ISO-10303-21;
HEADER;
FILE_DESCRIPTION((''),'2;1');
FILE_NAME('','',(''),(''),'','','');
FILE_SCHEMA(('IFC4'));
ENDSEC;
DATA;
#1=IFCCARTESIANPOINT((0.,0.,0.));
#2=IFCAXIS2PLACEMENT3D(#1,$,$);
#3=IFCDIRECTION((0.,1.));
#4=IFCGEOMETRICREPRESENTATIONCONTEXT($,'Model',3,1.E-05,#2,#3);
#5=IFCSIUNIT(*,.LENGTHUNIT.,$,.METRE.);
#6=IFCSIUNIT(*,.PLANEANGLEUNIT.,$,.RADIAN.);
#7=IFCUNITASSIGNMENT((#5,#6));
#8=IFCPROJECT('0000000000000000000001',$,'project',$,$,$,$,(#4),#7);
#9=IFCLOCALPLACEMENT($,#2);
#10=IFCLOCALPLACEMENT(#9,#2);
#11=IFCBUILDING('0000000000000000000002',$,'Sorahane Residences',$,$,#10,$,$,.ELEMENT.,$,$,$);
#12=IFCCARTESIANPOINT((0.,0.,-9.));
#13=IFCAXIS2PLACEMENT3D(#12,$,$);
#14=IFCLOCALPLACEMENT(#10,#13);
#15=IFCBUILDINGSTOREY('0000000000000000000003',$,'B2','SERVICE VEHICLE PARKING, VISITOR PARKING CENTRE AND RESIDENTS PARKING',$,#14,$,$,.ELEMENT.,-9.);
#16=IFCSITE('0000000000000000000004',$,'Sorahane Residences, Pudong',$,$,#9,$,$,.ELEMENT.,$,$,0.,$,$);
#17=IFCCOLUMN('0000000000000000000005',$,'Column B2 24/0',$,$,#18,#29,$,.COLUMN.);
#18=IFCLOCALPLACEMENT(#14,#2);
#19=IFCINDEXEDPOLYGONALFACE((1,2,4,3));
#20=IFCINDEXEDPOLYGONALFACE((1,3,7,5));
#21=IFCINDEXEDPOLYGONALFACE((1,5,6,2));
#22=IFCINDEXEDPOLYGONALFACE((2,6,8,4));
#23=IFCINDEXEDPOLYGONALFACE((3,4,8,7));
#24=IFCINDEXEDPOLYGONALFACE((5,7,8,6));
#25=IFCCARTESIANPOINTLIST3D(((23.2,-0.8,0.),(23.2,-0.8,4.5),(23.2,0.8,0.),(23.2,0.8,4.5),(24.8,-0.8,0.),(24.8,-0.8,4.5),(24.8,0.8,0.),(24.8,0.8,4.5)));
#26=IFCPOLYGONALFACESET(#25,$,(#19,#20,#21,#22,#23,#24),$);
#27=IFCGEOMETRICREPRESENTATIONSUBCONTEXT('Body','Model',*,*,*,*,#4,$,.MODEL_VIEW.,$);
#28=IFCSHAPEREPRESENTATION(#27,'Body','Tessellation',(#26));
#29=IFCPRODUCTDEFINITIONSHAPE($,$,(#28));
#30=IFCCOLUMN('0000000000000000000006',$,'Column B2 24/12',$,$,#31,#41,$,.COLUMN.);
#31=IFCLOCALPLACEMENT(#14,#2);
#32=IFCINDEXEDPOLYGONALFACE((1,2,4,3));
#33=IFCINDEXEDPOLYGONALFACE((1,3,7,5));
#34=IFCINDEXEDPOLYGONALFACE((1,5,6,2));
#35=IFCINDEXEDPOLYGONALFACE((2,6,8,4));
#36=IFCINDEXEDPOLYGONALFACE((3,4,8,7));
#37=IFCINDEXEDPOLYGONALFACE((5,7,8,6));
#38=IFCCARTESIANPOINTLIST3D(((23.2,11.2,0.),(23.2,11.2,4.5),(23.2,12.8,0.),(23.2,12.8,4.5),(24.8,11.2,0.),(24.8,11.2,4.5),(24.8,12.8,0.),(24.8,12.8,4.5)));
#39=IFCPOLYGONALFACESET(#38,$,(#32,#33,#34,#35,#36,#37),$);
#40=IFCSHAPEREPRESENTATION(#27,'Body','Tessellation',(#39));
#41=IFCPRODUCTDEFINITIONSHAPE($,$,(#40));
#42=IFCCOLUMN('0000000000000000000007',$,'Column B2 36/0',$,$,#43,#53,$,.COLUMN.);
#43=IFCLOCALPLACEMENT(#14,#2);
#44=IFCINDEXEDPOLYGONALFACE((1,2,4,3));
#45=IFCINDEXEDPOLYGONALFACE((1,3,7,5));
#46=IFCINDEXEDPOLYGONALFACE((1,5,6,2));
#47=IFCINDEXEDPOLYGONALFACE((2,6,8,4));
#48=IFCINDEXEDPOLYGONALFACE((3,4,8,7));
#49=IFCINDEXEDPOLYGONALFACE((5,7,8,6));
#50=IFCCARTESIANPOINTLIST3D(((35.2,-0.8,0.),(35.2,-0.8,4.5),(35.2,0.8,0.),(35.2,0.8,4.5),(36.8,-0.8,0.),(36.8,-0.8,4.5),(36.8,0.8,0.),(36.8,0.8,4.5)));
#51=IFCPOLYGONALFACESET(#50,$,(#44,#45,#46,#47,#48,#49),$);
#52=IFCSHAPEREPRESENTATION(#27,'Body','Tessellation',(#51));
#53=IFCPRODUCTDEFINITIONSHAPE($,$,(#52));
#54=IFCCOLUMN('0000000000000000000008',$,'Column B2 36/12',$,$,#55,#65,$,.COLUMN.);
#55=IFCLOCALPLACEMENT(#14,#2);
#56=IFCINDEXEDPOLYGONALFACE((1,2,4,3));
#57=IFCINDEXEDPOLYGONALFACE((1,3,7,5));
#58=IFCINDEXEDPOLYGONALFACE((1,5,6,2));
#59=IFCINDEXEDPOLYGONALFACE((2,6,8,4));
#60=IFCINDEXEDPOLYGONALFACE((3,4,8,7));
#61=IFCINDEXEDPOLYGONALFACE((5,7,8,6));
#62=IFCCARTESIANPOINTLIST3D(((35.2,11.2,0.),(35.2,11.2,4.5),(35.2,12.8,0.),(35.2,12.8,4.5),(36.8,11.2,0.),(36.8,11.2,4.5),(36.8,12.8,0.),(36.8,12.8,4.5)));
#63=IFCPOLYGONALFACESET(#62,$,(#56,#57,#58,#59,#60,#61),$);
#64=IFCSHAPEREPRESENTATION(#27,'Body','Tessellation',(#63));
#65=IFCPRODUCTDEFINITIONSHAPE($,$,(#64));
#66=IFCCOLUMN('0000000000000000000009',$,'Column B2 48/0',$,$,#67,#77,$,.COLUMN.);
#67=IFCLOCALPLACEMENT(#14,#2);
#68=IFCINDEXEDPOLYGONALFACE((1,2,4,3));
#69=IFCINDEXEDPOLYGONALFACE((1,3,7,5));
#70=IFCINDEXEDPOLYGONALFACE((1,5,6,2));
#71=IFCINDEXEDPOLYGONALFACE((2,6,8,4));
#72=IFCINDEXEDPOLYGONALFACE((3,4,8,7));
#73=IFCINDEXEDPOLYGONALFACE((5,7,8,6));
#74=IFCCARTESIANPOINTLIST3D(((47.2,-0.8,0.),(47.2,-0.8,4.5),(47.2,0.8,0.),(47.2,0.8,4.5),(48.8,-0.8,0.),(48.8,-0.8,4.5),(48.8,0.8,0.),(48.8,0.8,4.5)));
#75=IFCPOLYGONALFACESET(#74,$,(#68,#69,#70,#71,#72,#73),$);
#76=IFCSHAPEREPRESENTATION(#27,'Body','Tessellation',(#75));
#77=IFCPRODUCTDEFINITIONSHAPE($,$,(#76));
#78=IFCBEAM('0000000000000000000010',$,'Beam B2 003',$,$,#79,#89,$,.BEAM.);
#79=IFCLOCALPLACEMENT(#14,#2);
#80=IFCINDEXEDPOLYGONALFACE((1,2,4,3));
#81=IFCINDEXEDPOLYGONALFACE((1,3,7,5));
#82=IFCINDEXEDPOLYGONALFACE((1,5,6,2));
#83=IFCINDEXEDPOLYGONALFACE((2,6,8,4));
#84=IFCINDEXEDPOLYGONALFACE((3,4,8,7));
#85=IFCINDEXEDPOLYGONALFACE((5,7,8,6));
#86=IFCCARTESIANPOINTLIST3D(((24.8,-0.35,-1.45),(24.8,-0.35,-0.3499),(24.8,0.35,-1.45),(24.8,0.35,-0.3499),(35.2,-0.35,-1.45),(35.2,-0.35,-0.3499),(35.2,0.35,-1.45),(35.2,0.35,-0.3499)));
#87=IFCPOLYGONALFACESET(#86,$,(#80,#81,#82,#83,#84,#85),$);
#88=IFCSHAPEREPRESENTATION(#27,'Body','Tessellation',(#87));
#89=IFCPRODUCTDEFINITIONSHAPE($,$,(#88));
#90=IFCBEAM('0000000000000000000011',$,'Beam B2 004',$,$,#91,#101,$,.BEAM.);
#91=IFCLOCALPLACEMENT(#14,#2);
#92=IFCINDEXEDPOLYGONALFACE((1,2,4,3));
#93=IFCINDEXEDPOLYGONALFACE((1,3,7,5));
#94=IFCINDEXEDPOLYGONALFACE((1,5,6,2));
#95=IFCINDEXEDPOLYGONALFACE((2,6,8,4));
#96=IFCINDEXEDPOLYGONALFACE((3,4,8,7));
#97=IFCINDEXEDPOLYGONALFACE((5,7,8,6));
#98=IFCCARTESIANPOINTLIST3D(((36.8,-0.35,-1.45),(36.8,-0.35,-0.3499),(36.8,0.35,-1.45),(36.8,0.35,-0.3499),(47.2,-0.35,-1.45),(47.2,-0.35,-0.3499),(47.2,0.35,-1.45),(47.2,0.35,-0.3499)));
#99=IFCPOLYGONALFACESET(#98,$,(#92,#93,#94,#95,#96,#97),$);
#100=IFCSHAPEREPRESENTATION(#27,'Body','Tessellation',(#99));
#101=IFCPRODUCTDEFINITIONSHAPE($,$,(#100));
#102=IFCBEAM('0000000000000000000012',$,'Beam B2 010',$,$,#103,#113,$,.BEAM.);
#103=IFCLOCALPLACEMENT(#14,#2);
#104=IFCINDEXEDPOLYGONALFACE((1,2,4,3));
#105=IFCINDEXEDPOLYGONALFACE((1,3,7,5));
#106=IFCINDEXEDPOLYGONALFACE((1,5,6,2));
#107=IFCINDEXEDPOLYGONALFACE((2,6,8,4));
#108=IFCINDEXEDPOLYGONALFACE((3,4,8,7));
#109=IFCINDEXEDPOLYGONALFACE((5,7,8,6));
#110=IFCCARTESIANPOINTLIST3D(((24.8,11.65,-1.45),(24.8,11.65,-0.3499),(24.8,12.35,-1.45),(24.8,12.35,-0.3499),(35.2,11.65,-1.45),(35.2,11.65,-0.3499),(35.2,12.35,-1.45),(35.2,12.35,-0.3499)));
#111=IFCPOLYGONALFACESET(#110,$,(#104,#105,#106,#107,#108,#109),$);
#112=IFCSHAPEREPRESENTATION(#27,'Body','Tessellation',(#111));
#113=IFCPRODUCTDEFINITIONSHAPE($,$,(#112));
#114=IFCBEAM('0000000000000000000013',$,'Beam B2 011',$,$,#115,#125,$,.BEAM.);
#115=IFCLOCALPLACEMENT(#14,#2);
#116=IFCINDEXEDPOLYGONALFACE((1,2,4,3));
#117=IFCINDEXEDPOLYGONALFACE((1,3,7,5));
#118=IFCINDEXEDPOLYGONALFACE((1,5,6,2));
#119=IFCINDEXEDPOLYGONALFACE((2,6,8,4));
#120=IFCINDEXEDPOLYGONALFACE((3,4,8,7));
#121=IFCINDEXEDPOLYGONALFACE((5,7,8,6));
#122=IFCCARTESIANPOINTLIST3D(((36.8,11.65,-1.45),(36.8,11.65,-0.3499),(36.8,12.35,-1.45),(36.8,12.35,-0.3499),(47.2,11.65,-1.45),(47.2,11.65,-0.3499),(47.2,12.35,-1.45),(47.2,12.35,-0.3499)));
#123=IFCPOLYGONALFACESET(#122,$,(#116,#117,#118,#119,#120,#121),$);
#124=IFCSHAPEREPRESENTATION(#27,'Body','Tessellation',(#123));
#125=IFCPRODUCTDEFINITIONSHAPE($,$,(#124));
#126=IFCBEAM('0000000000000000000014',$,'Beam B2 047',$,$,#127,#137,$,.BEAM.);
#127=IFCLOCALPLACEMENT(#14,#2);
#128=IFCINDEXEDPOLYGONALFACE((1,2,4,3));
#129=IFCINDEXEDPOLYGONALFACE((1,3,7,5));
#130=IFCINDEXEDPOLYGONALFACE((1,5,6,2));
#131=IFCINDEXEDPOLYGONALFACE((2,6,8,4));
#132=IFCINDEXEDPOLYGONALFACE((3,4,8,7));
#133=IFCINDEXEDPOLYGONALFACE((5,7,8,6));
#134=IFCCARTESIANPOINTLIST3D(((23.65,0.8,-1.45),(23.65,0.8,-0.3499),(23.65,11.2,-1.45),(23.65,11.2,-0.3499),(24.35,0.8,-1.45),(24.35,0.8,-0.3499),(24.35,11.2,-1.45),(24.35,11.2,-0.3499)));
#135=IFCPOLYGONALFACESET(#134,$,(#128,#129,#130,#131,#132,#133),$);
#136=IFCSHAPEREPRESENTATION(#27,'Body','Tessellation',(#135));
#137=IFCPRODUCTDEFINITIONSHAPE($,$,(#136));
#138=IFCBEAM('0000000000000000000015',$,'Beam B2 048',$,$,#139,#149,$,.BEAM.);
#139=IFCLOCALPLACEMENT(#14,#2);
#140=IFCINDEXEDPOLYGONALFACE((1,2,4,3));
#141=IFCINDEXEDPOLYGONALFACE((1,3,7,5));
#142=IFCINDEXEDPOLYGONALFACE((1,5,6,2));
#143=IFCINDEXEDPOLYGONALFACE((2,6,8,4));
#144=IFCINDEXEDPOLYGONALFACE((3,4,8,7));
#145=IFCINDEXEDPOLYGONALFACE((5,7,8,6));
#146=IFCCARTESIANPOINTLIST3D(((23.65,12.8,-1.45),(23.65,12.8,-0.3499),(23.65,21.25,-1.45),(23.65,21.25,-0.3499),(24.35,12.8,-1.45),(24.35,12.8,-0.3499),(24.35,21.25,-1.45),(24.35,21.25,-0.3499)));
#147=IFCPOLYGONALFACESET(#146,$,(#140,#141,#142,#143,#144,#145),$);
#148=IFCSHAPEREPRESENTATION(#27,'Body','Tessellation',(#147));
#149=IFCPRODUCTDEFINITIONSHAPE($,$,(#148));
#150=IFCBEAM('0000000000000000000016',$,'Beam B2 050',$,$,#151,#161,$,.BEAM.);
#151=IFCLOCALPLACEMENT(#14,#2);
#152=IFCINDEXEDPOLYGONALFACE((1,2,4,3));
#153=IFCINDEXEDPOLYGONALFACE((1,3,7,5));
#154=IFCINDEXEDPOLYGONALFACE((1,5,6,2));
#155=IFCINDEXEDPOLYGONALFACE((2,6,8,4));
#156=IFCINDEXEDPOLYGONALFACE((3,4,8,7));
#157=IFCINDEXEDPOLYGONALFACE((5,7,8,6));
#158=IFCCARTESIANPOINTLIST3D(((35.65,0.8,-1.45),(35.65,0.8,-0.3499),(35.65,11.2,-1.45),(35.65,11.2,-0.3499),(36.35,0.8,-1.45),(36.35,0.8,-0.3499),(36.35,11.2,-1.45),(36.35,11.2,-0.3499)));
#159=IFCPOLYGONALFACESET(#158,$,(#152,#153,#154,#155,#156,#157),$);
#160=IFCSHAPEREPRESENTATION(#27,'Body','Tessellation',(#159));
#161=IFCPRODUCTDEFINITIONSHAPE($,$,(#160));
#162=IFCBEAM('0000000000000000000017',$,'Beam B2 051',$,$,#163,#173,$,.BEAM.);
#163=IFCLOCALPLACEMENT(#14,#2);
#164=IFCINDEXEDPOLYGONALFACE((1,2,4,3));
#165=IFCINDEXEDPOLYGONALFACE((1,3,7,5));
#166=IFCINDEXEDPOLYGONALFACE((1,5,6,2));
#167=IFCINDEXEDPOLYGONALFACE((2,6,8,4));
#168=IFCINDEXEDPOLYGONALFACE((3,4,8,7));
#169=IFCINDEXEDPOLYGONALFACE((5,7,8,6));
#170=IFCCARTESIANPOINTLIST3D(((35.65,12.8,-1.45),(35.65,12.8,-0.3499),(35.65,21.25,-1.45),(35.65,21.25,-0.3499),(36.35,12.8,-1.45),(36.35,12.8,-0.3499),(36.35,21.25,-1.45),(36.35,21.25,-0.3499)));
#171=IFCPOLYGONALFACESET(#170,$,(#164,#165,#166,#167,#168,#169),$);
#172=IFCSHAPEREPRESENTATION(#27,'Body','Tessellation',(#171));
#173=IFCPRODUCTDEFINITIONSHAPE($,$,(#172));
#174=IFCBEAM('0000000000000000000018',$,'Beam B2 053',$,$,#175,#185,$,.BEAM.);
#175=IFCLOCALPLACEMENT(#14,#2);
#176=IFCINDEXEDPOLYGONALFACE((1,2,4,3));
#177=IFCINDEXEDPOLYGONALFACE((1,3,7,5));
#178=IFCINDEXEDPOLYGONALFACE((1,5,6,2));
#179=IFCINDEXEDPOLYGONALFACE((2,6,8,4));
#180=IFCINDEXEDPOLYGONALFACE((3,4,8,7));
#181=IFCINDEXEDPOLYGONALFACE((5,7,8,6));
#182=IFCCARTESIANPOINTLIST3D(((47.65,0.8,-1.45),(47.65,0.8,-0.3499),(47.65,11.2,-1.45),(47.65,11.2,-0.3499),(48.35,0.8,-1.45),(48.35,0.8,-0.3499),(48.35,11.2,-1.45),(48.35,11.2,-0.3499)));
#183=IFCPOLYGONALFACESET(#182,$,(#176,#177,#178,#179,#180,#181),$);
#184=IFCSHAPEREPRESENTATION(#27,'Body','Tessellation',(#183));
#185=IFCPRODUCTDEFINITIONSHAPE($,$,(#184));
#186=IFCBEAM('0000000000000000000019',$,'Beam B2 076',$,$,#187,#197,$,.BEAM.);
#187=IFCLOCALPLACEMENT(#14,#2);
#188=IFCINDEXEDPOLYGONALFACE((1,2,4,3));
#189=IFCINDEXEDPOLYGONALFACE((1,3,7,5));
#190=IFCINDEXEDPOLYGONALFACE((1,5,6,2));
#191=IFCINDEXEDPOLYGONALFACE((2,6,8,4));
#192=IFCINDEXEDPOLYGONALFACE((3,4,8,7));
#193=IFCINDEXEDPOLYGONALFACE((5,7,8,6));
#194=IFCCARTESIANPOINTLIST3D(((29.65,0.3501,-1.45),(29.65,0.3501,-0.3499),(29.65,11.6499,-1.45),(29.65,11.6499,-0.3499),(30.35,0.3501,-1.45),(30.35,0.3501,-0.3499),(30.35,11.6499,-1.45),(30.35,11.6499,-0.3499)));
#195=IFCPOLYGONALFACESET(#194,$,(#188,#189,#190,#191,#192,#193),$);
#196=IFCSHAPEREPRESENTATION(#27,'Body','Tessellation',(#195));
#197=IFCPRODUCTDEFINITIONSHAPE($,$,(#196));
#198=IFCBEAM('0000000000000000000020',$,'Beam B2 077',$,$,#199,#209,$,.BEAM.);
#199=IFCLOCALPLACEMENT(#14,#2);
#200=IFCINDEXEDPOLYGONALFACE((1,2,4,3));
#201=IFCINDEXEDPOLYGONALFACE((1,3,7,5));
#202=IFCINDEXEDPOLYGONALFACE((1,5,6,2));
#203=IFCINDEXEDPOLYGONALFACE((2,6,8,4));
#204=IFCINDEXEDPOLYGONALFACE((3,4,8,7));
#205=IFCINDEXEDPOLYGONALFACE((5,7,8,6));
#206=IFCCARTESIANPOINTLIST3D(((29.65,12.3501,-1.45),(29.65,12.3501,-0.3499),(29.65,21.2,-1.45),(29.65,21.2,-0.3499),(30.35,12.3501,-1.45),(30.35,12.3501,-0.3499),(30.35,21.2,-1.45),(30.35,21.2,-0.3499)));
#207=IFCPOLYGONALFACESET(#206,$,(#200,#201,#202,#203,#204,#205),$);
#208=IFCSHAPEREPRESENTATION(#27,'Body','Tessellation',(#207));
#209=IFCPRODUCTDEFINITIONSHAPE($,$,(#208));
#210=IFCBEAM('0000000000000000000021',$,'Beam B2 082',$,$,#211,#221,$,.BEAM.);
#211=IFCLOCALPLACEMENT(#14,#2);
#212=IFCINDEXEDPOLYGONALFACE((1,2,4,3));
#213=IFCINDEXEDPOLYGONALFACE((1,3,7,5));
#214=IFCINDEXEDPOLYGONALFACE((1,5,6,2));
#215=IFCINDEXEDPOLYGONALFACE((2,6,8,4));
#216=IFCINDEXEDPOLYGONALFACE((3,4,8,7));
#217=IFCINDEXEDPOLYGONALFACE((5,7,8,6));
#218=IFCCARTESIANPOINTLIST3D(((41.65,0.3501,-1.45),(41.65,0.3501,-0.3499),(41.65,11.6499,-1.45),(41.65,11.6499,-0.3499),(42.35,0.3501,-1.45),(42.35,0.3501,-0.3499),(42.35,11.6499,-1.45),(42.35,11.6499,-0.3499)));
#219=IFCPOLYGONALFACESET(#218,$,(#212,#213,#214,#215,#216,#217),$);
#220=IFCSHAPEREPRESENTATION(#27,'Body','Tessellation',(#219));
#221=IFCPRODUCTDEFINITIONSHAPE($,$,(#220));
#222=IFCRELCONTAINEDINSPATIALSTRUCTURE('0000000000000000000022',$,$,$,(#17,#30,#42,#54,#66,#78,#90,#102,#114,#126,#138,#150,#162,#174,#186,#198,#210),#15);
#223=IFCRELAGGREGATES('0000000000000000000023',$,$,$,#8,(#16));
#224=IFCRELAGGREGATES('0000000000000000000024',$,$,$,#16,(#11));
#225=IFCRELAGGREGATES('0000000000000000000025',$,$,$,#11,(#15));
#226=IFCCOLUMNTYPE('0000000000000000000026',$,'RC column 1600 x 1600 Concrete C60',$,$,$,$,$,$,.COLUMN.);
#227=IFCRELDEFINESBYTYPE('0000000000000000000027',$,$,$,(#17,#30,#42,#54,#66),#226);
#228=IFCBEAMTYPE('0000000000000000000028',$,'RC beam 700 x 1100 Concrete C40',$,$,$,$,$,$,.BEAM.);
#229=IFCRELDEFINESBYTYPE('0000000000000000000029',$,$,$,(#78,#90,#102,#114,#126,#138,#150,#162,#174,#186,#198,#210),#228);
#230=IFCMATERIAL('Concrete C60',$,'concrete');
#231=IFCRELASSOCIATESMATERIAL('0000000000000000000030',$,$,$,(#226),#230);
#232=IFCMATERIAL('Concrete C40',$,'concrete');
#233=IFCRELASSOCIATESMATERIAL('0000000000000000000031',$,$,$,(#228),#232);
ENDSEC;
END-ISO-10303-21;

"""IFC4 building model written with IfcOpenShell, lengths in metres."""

from ifc_helpers import new_model, si_unit, direction, frame, origin, origin_2d, place, context, subcontext, project, spatial, rectangle, extrude, material, material_profile, profile_set, type_object, element, save


model = new_model("IFC4")

# Units and contexts
model_context = context("Model", 3, precision=1e-05, world=origin(), true_north=direction((0.0, 1.0)))
body_context = subcontext(model_context, "Body", "Model", "MODEL_VIEW")
ifc_project = project(units=[si_unit("LENGTHUNIT", "METRE"), si_unit("PLANEANGLEUNIT", "RADIAN")], contexts=[model_context])

# Site, building, storey
site_placement = place(None, origin())
site = spatial("IfcSite", under=ifc_project, at=site_placement, Name="Sorahane Residences, Pudong", CompositionType="ELEMENT", RefElevation=0.0)
building_placement = place(site_placement, origin())
building = spatial("IfcBuilding", under=site, at=building_placement, Name="Sorahane Residences", CompositionType="ELEMENT")
storey_placement = place(building_placement, frame((0.0, 0.0, -9.0)))
storey = spatial("IfcBuildingStorey", under=building, at=storey_placement, Name="B2", Description="SERVICE VEHICLE PARKING, VISITOR PARKING CENTRE AND RESIDENTS PARKING", CompositionType="ELEMENT", Elevation=-9.0)

# Columns
ifc_material_1 = material(Name="Concrete C60", Category="concrete")
ifc_material_profile_1 = material_profile(ifc_material_1, rectangle(XDim=1.6001, YDim=1.6001, at=origin_2d()), Name="1600x1600")
ifc_profile_set_1 = profile_set([ifc_material_profile_1], Name="Concrete C60")
column_type = type_object("IfcColumnType", Name="RC column 1600 x 1600 Concrete C60", PredefinedType="COLUMN", material=ifc_profile_set_1)
for number, where, z_axis, x_axis, name in (
    (1, (24.0, 0.0, 0.0), (0.0, 0.0, 1.0), (1.0, 0.0, 0.0), "Column B2 24/0"),
    (2, (24.0, 12.0, 0.0), (0.0, 0.0, 1.0), (1.0, 0.0, 0.0), "Column B2 24/12"),
    (3, (36.0, 0.0, 0.0), (0.0, 0.0, 1.0), (1.0, 0.0, 0.0), "Column B2 36/0"),
    (4, (36.0, 12.0, 0.0), (0.0, 0.0, 1.0), (1.0, 0.0, 0.0), "Column B2 36/12"),
    (5, (48.0, 0.0, 0.0), (0.0, 0.0, 1.0), (1.0, 0.0, 0.0), "Column B2 48/0"),
):
    element("IfcColumn", number, at=place(storey_placement, frame(where, z_axis=z_axis, x_axis=x_axis)), inside=storey, type_object=column_type, Name=name, PredefinedType="COLUMN", context=body_context, shape_type="SweptSolid", body=[
        extrude(rectangle(XDim=1.6001, YDim=1.6001, at=origin_2d()), origin(), (0.0, 0.0, 1.0), 4.5),
    ])

# Beams
ifc_material_2 = material(Name="Concrete C40", Category="concrete")
ifc_material_profile_2 = material_profile(ifc_material_2, rectangle(XDim=0.7, YDim=1.1001, at=origin_2d()), Name="700x1100")
ifc_profile_set_2 = profile_set([ifc_material_profile_2], Name="Concrete C40")
beam_type = type_object("IfcBeamType", Name="RC beam 700 x 1100 Concrete C40", PredefinedType="BEAM", material=ifc_profile_set_2)
for number, where, z_axis, x_axis, name in (
    (6, (24.8, 0.0, -0.8999), (1.0, 0.0, 0.0), (0.0, 1.0, 0.0), "Beam B2 003"),
    (7, (36.8, 0.0, -0.8999), (1.0, 0.0, 0.0), (0.0, 1.0, 0.0), "Beam B2 004"),
    (8, (24.8, 12.0, -0.8999), (1.0, 0.0, 0.0), (0.0, 1.0, 0.0), "Beam B2 010"),
    (9, (36.8, 12.0, -0.8999), (1.0, 0.0, 0.0), (0.0, 1.0, 0.0), "Beam B2 011"),
    (10, (24.0, 0.8, -0.8999), (0.0, 1.0, 0.0), (-1.0, 0.0, 0.0), "Beam B2 047"),
):
    element("IfcBeam", number, at=place(storey_placement, frame(where, z_axis=z_axis, x_axis=x_axis)), inside=storey, type_object=beam_type, Name=name, PredefinedType="BEAM", context=body_context, shape_type="SweptSolid", body=[
        extrude(rectangle(XDim=0.7, YDim=1.1001, at=origin_2d()), origin(), (0.0, 0.0, 1.0), 10.3999),
    ])
beam_1_placement = place(storey_placement, frame((24.0, 12.8, -0.8999), z_axis=(0.0, 1.0, 0.0), x_axis=(-1.0, 0.0, 0.0)))
element("IfcBeam", 11, at=beam_1_placement, inside=storey, type_object=beam_type, Name="Beam B2 048", PredefinedType="BEAM", context=body_context, shape_type="SweptSolid", body=[
    extrude(rectangle(XDim=0.7, YDim=1.1001, at=origin_2d()), origin(), (0.0, 0.0, 1.0), 8.45),
])
beam_2_placement = place(storey_placement, frame((36.0, 0.8, -0.8999), z_axis=(0.0, 1.0, 0.0), x_axis=(-1.0, 0.0, 0.0)))
element("IfcBeam", 12, at=beam_2_placement, inside=storey, type_object=beam_type, Name="Beam B2 050", PredefinedType="BEAM", context=body_context, shape_type="SweptSolid", body=[
    extrude(rectangle(XDim=0.7, YDim=1.1001, at=origin_2d()), origin(), (0.0, 0.0, 1.0), 10.3999),
])
beam_3_placement = place(storey_placement, frame((36.0, 12.8, -0.8999), z_axis=(0.0, 1.0, 0.0), x_axis=(-1.0, 0.0, 0.0)))
element("IfcBeam", 13, at=beam_3_placement, inside=storey, type_object=beam_type, Name="Beam B2 051", PredefinedType="BEAM", context=body_context, shape_type="SweptSolid", body=[
    extrude(rectangle(XDim=0.7, YDim=1.1001, at=origin_2d()), origin(), (0.0, 0.0, 1.0), 8.45),
])
beam_4_placement = place(storey_placement, frame((48.0, 0.8, -0.8999), z_axis=(0.0, 1.0, 0.0), x_axis=(-1.0, 0.0, 0.0)))
element("IfcBeam", 14, at=beam_4_placement, inside=storey, type_object=beam_type, Name="Beam B2 053", PredefinedType="BEAM", context=body_context, shape_type="SweptSolid", body=[
    extrude(rectangle(XDim=0.7, YDim=1.1001, at=origin_2d()), origin(), (0.0, 0.0, 1.0), 10.3999),
])
beam_5_placement = place(storey_placement, frame((30.0, 0.3501, -0.8999), z_axis=(0.0, 1.0, 0.0), x_axis=(-1.0, 0.0, 0.0)))
element("IfcBeam", 15, at=beam_5_placement, inside=storey, type_object=beam_type, Name="Beam B2 076", PredefinedType="BEAM", context=body_context, shape_type="SweptSolid", body=[
    extrude(rectangle(XDim=0.7, YDim=1.1001, at=origin_2d()), origin(), (0.0, 0.0, 1.0), 11.2998),
])
beam_6_placement = place(storey_placement, frame((30.0, 12.3501, -0.8999), z_axis=(0.0, 1.0, 0.0), x_axis=(-1.0, 0.0, 0.0)))
element("IfcBeam", 16, at=beam_6_placement, inside=storey, type_object=beam_type, Name="Beam B2 077", PredefinedType="BEAM", context=body_context, shape_type="SweptSolid", body=[
    extrude(rectangle(XDim=0.7, YDim=1.1001, at=origin_2d()), origin(), (0.0, 0.0, 1.0), 8.8499),
])
beam_7_placement = place(storey_placement, frame((42.0, 0.3501, -0.8999), z_axis=(0.0, 1.0, 0.0), x_axis=(-1.0, 0.0, 0.0)))
element("IfcBeam", 17, at=beam_7_placement, inside=storey, type_object=beam_type, Name="Beam B2 082", PredefinedType="BEAM", context=body_context, shape_type="SweptSolid", body=[
    extrude(rectangle(XDim=0.7, YDim=1.1001, at=origin_2d()), origin(), (0.0, 0.0, 1.0), 11.2998),
])

save(model, "model.ifc")
